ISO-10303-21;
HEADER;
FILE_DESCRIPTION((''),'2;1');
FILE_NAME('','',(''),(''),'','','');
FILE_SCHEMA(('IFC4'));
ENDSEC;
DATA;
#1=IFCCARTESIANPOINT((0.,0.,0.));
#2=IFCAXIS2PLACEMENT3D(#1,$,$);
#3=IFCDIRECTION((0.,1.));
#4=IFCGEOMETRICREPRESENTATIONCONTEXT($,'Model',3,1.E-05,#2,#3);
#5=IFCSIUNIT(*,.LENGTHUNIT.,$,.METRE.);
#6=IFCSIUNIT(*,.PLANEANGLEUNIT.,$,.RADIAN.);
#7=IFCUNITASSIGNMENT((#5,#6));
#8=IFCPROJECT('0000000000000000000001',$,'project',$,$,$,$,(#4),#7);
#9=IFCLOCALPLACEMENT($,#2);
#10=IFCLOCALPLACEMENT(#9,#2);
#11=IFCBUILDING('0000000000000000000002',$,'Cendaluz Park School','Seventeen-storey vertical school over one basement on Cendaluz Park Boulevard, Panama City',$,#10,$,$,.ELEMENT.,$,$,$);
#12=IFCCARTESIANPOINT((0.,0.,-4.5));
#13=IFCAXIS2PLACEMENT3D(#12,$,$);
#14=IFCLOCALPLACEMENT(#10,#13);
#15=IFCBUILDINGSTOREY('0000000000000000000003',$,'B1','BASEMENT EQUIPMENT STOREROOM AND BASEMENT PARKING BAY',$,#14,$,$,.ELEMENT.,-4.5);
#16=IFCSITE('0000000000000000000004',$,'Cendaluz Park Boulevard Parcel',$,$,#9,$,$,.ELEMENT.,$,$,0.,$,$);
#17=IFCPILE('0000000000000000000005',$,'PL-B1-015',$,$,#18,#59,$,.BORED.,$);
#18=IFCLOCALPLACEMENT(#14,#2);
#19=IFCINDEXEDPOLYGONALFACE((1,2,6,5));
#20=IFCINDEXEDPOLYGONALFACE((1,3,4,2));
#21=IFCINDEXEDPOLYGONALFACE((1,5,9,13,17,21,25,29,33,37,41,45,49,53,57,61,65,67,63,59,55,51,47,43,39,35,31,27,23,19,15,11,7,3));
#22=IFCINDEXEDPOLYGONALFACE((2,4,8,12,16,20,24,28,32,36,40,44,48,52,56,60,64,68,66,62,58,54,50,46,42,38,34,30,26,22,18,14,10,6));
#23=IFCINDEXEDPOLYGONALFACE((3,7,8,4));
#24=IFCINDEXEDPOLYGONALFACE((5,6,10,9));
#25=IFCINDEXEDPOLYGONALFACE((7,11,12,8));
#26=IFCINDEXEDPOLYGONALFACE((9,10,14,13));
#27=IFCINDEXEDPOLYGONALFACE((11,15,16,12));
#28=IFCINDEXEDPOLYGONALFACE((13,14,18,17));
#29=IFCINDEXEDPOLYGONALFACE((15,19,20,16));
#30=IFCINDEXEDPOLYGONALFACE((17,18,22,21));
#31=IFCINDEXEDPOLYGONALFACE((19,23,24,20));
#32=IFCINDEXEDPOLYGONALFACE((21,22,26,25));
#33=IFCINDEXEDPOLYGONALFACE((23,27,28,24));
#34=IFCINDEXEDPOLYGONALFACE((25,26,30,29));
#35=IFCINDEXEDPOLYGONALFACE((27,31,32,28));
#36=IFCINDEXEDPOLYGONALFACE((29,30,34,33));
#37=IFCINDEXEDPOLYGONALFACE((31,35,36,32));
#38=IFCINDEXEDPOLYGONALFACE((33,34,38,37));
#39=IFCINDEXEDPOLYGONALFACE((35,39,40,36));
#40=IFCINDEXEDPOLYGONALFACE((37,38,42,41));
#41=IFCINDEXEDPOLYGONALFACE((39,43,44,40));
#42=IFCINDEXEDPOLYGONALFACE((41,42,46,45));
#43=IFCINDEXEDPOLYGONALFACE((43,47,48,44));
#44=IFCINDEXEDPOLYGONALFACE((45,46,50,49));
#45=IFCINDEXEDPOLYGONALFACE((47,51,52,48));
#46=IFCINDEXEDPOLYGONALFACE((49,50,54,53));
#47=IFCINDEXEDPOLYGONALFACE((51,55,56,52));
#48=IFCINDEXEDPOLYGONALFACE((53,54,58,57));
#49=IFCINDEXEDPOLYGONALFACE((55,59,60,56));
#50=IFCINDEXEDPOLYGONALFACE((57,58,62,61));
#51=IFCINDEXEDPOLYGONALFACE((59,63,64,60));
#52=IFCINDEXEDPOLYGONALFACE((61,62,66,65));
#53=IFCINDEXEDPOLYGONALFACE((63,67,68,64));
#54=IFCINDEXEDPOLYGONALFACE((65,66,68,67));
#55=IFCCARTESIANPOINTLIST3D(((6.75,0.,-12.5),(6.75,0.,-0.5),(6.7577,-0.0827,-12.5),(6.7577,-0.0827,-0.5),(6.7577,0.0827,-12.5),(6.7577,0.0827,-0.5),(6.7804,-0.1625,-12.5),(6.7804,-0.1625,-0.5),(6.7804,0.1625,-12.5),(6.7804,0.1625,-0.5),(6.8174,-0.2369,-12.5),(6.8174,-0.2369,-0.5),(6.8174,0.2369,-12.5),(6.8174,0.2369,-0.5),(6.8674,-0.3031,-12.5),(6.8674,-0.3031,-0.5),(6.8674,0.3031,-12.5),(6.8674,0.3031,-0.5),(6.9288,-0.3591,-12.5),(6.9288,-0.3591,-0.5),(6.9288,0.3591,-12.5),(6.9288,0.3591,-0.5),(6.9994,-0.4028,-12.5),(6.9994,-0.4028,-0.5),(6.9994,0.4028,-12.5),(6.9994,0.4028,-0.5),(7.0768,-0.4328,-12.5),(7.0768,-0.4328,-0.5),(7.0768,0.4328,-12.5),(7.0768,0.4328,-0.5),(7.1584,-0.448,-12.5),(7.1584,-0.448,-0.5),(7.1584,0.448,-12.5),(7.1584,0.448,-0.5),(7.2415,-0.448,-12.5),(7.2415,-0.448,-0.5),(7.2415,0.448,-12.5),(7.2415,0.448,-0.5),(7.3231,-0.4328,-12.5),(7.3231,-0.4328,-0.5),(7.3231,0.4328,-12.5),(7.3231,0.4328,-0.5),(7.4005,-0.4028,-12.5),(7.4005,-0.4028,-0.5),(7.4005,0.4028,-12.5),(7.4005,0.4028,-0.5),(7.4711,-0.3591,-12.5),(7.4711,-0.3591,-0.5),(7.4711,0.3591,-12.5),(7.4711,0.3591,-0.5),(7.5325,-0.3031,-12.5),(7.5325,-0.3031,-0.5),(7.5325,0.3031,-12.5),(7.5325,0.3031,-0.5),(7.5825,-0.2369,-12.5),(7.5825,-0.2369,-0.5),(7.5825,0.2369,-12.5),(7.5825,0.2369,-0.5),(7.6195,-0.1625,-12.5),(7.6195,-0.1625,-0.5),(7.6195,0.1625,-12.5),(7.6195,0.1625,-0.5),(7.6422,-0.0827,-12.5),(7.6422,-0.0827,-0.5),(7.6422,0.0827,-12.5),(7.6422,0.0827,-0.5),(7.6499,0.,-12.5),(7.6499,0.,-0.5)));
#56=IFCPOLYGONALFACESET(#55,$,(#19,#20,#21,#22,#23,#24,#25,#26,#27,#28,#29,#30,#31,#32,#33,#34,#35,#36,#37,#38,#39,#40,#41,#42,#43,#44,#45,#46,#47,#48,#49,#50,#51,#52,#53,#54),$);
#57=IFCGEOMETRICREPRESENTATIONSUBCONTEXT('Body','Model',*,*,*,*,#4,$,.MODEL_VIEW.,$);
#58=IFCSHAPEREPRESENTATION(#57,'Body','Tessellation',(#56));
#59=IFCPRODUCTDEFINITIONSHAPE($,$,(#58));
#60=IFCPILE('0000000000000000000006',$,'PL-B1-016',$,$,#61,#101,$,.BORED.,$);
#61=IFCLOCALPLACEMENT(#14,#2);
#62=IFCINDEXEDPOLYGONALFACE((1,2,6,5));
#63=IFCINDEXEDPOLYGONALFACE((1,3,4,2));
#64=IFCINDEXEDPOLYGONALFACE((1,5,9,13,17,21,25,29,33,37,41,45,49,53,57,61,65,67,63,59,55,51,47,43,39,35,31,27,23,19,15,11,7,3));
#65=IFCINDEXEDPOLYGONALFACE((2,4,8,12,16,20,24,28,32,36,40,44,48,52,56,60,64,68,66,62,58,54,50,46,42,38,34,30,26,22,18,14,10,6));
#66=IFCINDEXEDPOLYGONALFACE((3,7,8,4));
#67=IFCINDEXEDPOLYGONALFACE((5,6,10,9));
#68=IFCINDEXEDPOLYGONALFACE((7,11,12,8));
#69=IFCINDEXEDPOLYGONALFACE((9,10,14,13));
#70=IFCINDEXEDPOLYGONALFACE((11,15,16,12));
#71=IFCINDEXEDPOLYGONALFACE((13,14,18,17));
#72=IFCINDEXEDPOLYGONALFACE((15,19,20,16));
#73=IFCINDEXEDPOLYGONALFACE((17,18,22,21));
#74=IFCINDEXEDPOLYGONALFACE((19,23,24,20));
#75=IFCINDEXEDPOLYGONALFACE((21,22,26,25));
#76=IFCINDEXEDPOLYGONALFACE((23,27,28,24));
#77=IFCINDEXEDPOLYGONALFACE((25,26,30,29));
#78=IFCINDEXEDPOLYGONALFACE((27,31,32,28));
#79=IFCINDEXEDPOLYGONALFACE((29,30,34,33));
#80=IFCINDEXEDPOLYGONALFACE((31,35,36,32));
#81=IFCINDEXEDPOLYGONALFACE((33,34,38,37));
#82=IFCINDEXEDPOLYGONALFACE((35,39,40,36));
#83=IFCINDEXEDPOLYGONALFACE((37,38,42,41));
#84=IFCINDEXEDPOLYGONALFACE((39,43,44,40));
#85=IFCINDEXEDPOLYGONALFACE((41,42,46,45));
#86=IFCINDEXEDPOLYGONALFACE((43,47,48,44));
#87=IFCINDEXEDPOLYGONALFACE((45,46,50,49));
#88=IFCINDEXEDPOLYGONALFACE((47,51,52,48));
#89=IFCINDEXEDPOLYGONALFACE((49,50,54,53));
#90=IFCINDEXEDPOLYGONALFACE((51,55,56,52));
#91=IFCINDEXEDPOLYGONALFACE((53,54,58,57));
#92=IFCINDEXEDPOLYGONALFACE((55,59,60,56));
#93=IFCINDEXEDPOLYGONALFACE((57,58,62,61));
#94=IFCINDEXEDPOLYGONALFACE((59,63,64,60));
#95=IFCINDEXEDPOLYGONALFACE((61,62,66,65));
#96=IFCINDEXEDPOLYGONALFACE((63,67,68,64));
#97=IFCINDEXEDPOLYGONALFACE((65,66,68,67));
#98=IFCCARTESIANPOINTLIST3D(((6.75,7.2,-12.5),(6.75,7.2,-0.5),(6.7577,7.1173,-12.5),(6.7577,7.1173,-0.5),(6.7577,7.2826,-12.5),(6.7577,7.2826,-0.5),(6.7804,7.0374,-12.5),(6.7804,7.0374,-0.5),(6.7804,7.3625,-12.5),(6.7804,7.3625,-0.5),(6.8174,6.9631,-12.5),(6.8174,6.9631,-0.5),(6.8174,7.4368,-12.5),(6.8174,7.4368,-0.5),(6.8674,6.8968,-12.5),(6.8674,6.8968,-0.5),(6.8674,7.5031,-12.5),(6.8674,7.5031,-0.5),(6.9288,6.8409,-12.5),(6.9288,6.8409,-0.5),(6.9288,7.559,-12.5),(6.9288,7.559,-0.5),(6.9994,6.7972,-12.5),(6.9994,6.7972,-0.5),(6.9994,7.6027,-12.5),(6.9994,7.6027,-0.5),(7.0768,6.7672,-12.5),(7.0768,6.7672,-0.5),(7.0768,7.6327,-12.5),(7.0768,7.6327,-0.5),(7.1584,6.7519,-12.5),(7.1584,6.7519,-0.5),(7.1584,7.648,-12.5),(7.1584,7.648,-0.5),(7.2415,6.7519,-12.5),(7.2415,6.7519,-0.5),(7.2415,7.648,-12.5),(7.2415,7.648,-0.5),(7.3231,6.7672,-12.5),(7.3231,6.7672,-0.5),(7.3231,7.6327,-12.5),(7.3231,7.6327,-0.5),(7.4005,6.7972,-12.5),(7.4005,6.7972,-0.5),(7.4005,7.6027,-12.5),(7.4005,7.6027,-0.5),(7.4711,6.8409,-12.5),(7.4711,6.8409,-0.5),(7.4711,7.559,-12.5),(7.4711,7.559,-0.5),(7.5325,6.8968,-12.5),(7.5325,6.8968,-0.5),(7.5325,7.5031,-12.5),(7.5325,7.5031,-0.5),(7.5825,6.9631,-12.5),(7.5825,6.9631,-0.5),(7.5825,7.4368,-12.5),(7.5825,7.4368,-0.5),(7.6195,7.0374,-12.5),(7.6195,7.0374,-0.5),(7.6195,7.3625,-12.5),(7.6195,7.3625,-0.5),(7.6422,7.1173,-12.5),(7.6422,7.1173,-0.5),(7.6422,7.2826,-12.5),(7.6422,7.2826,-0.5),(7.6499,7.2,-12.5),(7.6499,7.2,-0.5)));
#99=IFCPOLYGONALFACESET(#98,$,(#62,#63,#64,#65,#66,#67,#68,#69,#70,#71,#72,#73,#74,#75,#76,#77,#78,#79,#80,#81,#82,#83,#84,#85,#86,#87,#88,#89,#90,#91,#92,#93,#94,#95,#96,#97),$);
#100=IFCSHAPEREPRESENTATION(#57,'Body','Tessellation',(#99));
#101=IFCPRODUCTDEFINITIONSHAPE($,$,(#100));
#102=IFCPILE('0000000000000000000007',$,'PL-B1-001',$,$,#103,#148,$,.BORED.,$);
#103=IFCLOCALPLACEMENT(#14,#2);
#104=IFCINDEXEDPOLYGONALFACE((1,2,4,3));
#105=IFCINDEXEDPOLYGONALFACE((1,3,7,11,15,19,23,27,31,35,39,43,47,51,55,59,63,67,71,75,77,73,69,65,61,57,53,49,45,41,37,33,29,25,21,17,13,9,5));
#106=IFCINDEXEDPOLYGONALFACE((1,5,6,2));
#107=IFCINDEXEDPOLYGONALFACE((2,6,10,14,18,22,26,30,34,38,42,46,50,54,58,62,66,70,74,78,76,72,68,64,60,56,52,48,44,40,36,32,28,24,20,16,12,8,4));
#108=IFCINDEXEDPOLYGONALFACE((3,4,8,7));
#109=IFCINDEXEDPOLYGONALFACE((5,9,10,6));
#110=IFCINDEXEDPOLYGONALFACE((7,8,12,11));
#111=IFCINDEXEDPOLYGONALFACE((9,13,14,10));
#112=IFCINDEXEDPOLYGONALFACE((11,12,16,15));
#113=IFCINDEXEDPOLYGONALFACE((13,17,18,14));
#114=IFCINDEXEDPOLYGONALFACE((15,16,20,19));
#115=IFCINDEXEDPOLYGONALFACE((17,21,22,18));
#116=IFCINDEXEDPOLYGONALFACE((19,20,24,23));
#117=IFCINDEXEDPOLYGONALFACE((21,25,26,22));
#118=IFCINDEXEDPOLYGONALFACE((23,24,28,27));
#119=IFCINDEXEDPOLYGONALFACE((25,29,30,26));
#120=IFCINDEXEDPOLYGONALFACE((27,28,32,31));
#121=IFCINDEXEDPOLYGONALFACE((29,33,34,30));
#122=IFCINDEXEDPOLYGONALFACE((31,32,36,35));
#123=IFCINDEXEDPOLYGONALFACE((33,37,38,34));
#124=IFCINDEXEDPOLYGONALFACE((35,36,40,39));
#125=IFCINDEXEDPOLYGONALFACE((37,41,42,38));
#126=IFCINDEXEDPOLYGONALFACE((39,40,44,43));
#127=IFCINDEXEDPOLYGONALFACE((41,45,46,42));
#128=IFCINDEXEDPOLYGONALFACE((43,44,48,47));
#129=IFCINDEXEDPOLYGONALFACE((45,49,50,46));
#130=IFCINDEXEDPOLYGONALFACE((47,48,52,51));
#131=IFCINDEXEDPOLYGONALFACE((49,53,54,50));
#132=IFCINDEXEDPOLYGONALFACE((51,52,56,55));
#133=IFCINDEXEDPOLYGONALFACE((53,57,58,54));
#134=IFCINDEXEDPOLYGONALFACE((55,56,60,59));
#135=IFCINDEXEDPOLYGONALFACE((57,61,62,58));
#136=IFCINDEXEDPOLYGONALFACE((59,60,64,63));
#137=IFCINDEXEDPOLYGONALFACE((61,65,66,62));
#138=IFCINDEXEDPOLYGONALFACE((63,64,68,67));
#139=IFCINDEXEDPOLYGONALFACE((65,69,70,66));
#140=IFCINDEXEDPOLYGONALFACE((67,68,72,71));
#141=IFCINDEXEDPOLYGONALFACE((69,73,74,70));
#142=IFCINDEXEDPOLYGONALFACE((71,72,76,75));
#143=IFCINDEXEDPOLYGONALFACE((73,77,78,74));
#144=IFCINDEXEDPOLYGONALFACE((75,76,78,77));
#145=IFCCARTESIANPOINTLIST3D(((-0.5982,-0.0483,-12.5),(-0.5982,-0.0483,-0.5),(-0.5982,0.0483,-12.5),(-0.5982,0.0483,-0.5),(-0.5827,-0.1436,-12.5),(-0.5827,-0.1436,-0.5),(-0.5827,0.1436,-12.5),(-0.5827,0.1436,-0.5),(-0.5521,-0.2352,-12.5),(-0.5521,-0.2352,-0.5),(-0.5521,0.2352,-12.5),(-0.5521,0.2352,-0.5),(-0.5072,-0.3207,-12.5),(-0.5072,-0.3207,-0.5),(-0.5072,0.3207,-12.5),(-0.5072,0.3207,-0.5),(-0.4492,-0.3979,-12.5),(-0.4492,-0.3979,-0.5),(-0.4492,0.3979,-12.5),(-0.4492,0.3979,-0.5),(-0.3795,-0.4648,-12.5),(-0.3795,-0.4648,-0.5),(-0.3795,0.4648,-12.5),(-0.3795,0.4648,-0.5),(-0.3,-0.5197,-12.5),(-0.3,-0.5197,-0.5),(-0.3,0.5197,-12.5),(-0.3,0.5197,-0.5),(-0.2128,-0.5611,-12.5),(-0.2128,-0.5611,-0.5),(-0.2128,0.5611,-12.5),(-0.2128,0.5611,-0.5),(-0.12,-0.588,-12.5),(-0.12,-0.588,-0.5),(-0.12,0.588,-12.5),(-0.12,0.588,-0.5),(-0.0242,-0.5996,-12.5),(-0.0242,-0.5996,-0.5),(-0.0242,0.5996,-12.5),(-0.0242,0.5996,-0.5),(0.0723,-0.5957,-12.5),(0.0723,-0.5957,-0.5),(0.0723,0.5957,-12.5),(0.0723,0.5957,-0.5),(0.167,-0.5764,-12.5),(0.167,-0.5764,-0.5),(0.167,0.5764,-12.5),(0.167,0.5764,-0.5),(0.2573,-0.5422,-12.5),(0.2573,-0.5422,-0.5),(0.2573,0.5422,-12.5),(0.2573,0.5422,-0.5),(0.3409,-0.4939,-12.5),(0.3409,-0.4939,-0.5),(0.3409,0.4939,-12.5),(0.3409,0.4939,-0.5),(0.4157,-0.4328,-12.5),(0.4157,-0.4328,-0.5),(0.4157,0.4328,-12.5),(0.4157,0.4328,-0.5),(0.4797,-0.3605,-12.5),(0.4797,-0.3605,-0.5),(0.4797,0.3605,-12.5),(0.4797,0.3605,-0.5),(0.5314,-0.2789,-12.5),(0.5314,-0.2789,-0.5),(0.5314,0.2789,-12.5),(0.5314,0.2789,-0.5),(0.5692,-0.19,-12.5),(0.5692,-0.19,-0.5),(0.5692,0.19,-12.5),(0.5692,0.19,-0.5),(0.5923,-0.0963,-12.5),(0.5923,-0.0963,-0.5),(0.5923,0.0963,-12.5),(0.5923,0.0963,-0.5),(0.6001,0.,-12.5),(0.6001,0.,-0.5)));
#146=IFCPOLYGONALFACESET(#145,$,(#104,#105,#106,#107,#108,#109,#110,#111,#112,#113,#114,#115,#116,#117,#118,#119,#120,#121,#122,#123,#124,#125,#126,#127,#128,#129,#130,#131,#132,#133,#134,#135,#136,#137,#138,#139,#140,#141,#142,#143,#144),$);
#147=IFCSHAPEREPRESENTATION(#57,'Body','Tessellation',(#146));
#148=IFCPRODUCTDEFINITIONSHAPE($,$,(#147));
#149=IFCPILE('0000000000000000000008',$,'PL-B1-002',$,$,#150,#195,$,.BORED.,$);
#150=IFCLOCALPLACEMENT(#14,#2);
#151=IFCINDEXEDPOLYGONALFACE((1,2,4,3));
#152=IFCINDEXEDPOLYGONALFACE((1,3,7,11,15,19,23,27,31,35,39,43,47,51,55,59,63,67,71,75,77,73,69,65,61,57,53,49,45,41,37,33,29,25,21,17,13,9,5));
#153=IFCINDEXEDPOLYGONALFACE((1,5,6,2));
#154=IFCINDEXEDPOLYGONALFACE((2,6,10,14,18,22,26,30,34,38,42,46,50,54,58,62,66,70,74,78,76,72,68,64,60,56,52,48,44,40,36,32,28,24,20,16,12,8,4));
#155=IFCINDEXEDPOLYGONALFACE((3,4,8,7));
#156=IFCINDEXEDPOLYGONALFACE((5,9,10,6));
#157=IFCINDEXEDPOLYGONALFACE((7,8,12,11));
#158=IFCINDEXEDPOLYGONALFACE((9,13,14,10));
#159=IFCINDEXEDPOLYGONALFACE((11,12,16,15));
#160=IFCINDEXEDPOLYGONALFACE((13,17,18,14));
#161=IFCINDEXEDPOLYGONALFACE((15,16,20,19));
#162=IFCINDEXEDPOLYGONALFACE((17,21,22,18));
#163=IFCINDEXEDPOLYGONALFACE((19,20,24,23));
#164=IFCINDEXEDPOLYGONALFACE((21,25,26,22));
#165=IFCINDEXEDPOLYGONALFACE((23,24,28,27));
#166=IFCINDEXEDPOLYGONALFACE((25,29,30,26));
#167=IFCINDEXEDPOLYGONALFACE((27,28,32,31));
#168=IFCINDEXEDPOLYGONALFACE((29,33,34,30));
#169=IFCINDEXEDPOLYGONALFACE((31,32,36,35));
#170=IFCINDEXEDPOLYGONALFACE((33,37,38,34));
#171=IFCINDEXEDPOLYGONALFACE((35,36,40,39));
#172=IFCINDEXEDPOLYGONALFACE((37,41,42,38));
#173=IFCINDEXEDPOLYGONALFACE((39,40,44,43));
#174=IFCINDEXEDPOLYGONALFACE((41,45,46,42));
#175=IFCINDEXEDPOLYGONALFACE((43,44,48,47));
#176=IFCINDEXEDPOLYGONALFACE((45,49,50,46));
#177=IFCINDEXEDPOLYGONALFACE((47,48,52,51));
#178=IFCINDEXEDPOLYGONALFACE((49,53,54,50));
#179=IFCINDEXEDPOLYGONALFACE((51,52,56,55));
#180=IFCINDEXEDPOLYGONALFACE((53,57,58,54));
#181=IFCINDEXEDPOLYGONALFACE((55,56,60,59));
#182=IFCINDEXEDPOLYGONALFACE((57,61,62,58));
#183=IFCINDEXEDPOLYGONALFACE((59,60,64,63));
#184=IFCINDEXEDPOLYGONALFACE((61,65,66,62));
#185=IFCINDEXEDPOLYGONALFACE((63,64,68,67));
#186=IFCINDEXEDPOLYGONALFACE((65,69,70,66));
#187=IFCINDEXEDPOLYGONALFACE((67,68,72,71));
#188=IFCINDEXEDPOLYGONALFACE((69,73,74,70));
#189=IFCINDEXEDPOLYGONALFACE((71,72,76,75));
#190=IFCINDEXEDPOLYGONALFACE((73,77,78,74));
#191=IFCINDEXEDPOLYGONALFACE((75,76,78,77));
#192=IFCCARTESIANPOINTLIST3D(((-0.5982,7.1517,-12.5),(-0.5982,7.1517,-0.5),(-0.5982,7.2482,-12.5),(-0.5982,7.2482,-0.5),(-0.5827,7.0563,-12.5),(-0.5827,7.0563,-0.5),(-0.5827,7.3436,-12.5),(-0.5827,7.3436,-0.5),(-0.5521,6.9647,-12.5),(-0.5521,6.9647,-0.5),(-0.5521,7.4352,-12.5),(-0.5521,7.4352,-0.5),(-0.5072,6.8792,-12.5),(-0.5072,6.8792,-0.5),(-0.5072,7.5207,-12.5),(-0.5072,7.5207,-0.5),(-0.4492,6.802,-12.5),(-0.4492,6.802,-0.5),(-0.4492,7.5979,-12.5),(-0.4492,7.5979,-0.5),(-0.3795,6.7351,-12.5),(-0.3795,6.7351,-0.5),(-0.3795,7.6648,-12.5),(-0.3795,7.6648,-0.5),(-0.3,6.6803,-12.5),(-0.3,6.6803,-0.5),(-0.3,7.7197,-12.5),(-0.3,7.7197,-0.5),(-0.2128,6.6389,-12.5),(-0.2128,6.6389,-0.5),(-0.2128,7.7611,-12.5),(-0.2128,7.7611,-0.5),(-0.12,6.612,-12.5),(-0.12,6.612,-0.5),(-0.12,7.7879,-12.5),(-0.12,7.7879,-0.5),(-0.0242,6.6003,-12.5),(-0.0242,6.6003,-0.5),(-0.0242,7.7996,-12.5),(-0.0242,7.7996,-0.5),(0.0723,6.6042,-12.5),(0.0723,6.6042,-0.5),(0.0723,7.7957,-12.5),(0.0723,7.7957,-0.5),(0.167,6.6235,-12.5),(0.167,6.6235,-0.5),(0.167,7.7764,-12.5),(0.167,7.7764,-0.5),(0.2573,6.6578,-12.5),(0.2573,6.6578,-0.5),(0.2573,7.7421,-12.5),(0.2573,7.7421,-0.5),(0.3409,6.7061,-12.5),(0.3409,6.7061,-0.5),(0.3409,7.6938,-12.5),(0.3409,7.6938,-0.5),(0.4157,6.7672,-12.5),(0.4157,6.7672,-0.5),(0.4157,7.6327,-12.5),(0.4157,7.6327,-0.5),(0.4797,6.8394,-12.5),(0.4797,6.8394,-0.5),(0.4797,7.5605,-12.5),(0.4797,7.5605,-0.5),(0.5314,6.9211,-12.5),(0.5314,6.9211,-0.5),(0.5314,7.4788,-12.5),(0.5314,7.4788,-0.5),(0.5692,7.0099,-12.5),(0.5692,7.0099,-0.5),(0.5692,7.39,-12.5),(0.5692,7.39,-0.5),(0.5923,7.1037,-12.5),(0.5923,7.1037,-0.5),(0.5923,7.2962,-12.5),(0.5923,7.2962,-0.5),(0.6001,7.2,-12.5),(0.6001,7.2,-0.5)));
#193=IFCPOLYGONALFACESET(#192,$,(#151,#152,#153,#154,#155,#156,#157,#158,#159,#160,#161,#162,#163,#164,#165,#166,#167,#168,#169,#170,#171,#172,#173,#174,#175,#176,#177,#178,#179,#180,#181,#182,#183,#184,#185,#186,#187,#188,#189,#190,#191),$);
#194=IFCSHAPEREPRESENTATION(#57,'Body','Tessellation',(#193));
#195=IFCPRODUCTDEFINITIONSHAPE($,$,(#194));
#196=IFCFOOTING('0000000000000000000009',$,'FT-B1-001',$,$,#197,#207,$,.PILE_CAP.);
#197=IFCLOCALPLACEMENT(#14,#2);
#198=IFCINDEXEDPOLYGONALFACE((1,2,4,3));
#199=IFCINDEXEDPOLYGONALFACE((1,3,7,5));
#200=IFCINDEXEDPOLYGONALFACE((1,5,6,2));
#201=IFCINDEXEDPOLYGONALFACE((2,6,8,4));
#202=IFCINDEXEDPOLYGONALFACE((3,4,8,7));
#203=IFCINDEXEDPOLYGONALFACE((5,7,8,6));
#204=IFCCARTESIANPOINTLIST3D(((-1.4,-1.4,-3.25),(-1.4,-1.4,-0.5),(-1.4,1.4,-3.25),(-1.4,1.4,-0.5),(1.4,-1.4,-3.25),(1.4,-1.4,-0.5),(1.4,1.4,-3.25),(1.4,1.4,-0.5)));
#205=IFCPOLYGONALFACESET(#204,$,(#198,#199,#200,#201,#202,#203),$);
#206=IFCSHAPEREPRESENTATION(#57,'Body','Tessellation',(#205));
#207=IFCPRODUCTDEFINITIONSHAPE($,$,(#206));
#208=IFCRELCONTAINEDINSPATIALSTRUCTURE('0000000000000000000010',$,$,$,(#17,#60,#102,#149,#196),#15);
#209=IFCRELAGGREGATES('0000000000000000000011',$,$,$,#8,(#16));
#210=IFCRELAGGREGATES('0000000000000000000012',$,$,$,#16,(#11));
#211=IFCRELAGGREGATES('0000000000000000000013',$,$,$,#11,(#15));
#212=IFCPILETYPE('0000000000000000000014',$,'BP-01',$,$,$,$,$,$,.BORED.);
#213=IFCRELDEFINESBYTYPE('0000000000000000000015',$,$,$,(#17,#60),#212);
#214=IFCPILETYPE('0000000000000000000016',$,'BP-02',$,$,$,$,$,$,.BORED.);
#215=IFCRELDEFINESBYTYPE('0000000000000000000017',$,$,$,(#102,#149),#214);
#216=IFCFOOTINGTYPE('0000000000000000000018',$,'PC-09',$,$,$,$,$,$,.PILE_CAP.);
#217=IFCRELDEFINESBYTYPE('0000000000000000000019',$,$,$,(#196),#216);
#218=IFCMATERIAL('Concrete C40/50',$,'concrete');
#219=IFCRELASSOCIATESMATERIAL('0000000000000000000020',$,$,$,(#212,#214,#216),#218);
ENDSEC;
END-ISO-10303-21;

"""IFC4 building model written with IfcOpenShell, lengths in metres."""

from ifc_helpers import new_model, si_unit, direction, frame, origin, origin_2d, place, context, subcontext, project, spatial, rectangle, circle, extrude, material, material_profile, profile_set, type_object, element, save


model = new_model("IFC4")

# Units and contexts
model_context = context("Model", 3, precision=1e-05, world=origin(), true_north=direction((0.0, 1.0)))
body_context = subcontext(model_context, "Body", "Model", "MODEL_VIEW")
ifc_project = project(units=[si_unit("LENGTHUNIT", "METRE"), si_unit("PLANEANGLEUNIT", "RADIAN")], contexts=[model_context])

# Site, building, storey
site_placement = place(None, origin())
site = spatial("IfcSite", under=ifc_project, at=site_placement, Name="Cendaluz Park Boulevard Parcel", CompositionType="ELEMENT", RefElevation=0.0)
building_placement = place(site_placement, origin())
building = spatial("IfcBuilding", under=site, at=building_placement, Name="Cendaluz Park School", Description="Seventeen-storey vertical school over one basement on Cendaluz Park Boulevard, Panama City", CompositionType="ELEMENT")
storey_placement = place(building_placement, frame((0.0, 0.0, -4.5)))
storey = spatial("IfcBuildingStorey", under=building, at=storey_placement, Name="B1", Description="BASEMENT EQUIPMENT STOREROOM AND BASEMENT PARKING BAY", CompositionType="ELEMENT", Elevation=-4.5)

# Piles
ifc_material = material(Name="Concrete C40/50", Category="concrete")
ifc_material_profile_1 = material_profile(ifc_material, circle(Radius=0.45, at=origin_2d()), Name="BP D900", Category="concrete")
ifc_profile_set_1 = profile_set([ifc_material_profile_1], Name="Concrete C40/50")
pile_type_1 = type_object("IfcPileType", Name="BP-01", PredefinedType="BORED", material=ifc_profile_set_1)
for number, where, z_axis, x_axis, name in (
    (1, (7.2, 0.0, -0.5), (0.0, 0.0, -1.0), (1.0, 0.0, 0.0), "PL-B1-015"),
    (2, (7.2, 7.2, -0.5), (0.0, 0.0, -1.0), (1.0, 0.0, 0.0), "PL-B1-016"),
):
    element("IfcPile", number, at=place(storey_placement, frame(where, z_axis=z_axis, x_axis=x_axis)), inside=storey, type_object=pile_type_1, Name=name, PredefinedType="BORED", context=body_context, shape_type="SweptSolid", body=[
        extrude(circle(Radius=0.45, at=origin_2d()), origin(), (0.0, 0.0, 1.0), 12.0),
    ])
ifc_material_profile_2 = material_profile(ifc_material, circle(Radius=0.6001, at=origin_2d()), Name="BP D1200", Category="concrete")
ifc_profile_set_2 = profile_set([ifc_material_profile_2], Name="Concrete C40/50")
pile_type_2 = type_object("IfcPileType", Name="BP-02", PredefinedType="BORED", material=ifc_profile_set_2)
for number, where, z_axis, x_axis, name in (
    (3, (0.0, 0.0, -0.5), (0.0, 0.0, -1.0), (1.0, 0.0, 0.0), "PL-B1-001"),
    (4, (0.0, 7.2, -0.5), (0.0, 0.0, -1.0), (1.0, 0.0, 0.0), "PL-B1-002"),
):
    element("IfcPile", number, at=place(storey_placement, frame(where, z_axis=z_axis, x_axis=x_axis)), inside=storey, type_object=pile_type_2, Name=name, PredefinedType="BORED", context=body_context, shape_type="SweptSolid", body=[
        extrude(circle(Radius=0.6001, at=origin_2d()), origin(), (0.0, 0.0, 1.0), 12.0),
    ])

# Footing
footing_type_1 = type_object("IfcFootingType", Name="PC-09", PredefinedType="PILE_CAP", material=ifc_material)
footing_1_placement = place(storey_placement, frame((0.0, 0.0, -3.25), z_axis=(0.0, 0.0, 1.0), x_axis=(1.0, 0.0, 0.0)))
element("IfcFooting", 5, at=footing_1_placement, inside=storey, type_object=footing_type_1, Name="FT-B1-001", PredefinedType="PILE_CAP", context=body_context, shape_type="SweptSolid", body=[
    extrude(rectangle(XDim=2.8, YDim=2.8, at=origin_2d()), origin(), (0.0, 0.0, 1.0), 2.75),
])

save(model, "model.ifc")
